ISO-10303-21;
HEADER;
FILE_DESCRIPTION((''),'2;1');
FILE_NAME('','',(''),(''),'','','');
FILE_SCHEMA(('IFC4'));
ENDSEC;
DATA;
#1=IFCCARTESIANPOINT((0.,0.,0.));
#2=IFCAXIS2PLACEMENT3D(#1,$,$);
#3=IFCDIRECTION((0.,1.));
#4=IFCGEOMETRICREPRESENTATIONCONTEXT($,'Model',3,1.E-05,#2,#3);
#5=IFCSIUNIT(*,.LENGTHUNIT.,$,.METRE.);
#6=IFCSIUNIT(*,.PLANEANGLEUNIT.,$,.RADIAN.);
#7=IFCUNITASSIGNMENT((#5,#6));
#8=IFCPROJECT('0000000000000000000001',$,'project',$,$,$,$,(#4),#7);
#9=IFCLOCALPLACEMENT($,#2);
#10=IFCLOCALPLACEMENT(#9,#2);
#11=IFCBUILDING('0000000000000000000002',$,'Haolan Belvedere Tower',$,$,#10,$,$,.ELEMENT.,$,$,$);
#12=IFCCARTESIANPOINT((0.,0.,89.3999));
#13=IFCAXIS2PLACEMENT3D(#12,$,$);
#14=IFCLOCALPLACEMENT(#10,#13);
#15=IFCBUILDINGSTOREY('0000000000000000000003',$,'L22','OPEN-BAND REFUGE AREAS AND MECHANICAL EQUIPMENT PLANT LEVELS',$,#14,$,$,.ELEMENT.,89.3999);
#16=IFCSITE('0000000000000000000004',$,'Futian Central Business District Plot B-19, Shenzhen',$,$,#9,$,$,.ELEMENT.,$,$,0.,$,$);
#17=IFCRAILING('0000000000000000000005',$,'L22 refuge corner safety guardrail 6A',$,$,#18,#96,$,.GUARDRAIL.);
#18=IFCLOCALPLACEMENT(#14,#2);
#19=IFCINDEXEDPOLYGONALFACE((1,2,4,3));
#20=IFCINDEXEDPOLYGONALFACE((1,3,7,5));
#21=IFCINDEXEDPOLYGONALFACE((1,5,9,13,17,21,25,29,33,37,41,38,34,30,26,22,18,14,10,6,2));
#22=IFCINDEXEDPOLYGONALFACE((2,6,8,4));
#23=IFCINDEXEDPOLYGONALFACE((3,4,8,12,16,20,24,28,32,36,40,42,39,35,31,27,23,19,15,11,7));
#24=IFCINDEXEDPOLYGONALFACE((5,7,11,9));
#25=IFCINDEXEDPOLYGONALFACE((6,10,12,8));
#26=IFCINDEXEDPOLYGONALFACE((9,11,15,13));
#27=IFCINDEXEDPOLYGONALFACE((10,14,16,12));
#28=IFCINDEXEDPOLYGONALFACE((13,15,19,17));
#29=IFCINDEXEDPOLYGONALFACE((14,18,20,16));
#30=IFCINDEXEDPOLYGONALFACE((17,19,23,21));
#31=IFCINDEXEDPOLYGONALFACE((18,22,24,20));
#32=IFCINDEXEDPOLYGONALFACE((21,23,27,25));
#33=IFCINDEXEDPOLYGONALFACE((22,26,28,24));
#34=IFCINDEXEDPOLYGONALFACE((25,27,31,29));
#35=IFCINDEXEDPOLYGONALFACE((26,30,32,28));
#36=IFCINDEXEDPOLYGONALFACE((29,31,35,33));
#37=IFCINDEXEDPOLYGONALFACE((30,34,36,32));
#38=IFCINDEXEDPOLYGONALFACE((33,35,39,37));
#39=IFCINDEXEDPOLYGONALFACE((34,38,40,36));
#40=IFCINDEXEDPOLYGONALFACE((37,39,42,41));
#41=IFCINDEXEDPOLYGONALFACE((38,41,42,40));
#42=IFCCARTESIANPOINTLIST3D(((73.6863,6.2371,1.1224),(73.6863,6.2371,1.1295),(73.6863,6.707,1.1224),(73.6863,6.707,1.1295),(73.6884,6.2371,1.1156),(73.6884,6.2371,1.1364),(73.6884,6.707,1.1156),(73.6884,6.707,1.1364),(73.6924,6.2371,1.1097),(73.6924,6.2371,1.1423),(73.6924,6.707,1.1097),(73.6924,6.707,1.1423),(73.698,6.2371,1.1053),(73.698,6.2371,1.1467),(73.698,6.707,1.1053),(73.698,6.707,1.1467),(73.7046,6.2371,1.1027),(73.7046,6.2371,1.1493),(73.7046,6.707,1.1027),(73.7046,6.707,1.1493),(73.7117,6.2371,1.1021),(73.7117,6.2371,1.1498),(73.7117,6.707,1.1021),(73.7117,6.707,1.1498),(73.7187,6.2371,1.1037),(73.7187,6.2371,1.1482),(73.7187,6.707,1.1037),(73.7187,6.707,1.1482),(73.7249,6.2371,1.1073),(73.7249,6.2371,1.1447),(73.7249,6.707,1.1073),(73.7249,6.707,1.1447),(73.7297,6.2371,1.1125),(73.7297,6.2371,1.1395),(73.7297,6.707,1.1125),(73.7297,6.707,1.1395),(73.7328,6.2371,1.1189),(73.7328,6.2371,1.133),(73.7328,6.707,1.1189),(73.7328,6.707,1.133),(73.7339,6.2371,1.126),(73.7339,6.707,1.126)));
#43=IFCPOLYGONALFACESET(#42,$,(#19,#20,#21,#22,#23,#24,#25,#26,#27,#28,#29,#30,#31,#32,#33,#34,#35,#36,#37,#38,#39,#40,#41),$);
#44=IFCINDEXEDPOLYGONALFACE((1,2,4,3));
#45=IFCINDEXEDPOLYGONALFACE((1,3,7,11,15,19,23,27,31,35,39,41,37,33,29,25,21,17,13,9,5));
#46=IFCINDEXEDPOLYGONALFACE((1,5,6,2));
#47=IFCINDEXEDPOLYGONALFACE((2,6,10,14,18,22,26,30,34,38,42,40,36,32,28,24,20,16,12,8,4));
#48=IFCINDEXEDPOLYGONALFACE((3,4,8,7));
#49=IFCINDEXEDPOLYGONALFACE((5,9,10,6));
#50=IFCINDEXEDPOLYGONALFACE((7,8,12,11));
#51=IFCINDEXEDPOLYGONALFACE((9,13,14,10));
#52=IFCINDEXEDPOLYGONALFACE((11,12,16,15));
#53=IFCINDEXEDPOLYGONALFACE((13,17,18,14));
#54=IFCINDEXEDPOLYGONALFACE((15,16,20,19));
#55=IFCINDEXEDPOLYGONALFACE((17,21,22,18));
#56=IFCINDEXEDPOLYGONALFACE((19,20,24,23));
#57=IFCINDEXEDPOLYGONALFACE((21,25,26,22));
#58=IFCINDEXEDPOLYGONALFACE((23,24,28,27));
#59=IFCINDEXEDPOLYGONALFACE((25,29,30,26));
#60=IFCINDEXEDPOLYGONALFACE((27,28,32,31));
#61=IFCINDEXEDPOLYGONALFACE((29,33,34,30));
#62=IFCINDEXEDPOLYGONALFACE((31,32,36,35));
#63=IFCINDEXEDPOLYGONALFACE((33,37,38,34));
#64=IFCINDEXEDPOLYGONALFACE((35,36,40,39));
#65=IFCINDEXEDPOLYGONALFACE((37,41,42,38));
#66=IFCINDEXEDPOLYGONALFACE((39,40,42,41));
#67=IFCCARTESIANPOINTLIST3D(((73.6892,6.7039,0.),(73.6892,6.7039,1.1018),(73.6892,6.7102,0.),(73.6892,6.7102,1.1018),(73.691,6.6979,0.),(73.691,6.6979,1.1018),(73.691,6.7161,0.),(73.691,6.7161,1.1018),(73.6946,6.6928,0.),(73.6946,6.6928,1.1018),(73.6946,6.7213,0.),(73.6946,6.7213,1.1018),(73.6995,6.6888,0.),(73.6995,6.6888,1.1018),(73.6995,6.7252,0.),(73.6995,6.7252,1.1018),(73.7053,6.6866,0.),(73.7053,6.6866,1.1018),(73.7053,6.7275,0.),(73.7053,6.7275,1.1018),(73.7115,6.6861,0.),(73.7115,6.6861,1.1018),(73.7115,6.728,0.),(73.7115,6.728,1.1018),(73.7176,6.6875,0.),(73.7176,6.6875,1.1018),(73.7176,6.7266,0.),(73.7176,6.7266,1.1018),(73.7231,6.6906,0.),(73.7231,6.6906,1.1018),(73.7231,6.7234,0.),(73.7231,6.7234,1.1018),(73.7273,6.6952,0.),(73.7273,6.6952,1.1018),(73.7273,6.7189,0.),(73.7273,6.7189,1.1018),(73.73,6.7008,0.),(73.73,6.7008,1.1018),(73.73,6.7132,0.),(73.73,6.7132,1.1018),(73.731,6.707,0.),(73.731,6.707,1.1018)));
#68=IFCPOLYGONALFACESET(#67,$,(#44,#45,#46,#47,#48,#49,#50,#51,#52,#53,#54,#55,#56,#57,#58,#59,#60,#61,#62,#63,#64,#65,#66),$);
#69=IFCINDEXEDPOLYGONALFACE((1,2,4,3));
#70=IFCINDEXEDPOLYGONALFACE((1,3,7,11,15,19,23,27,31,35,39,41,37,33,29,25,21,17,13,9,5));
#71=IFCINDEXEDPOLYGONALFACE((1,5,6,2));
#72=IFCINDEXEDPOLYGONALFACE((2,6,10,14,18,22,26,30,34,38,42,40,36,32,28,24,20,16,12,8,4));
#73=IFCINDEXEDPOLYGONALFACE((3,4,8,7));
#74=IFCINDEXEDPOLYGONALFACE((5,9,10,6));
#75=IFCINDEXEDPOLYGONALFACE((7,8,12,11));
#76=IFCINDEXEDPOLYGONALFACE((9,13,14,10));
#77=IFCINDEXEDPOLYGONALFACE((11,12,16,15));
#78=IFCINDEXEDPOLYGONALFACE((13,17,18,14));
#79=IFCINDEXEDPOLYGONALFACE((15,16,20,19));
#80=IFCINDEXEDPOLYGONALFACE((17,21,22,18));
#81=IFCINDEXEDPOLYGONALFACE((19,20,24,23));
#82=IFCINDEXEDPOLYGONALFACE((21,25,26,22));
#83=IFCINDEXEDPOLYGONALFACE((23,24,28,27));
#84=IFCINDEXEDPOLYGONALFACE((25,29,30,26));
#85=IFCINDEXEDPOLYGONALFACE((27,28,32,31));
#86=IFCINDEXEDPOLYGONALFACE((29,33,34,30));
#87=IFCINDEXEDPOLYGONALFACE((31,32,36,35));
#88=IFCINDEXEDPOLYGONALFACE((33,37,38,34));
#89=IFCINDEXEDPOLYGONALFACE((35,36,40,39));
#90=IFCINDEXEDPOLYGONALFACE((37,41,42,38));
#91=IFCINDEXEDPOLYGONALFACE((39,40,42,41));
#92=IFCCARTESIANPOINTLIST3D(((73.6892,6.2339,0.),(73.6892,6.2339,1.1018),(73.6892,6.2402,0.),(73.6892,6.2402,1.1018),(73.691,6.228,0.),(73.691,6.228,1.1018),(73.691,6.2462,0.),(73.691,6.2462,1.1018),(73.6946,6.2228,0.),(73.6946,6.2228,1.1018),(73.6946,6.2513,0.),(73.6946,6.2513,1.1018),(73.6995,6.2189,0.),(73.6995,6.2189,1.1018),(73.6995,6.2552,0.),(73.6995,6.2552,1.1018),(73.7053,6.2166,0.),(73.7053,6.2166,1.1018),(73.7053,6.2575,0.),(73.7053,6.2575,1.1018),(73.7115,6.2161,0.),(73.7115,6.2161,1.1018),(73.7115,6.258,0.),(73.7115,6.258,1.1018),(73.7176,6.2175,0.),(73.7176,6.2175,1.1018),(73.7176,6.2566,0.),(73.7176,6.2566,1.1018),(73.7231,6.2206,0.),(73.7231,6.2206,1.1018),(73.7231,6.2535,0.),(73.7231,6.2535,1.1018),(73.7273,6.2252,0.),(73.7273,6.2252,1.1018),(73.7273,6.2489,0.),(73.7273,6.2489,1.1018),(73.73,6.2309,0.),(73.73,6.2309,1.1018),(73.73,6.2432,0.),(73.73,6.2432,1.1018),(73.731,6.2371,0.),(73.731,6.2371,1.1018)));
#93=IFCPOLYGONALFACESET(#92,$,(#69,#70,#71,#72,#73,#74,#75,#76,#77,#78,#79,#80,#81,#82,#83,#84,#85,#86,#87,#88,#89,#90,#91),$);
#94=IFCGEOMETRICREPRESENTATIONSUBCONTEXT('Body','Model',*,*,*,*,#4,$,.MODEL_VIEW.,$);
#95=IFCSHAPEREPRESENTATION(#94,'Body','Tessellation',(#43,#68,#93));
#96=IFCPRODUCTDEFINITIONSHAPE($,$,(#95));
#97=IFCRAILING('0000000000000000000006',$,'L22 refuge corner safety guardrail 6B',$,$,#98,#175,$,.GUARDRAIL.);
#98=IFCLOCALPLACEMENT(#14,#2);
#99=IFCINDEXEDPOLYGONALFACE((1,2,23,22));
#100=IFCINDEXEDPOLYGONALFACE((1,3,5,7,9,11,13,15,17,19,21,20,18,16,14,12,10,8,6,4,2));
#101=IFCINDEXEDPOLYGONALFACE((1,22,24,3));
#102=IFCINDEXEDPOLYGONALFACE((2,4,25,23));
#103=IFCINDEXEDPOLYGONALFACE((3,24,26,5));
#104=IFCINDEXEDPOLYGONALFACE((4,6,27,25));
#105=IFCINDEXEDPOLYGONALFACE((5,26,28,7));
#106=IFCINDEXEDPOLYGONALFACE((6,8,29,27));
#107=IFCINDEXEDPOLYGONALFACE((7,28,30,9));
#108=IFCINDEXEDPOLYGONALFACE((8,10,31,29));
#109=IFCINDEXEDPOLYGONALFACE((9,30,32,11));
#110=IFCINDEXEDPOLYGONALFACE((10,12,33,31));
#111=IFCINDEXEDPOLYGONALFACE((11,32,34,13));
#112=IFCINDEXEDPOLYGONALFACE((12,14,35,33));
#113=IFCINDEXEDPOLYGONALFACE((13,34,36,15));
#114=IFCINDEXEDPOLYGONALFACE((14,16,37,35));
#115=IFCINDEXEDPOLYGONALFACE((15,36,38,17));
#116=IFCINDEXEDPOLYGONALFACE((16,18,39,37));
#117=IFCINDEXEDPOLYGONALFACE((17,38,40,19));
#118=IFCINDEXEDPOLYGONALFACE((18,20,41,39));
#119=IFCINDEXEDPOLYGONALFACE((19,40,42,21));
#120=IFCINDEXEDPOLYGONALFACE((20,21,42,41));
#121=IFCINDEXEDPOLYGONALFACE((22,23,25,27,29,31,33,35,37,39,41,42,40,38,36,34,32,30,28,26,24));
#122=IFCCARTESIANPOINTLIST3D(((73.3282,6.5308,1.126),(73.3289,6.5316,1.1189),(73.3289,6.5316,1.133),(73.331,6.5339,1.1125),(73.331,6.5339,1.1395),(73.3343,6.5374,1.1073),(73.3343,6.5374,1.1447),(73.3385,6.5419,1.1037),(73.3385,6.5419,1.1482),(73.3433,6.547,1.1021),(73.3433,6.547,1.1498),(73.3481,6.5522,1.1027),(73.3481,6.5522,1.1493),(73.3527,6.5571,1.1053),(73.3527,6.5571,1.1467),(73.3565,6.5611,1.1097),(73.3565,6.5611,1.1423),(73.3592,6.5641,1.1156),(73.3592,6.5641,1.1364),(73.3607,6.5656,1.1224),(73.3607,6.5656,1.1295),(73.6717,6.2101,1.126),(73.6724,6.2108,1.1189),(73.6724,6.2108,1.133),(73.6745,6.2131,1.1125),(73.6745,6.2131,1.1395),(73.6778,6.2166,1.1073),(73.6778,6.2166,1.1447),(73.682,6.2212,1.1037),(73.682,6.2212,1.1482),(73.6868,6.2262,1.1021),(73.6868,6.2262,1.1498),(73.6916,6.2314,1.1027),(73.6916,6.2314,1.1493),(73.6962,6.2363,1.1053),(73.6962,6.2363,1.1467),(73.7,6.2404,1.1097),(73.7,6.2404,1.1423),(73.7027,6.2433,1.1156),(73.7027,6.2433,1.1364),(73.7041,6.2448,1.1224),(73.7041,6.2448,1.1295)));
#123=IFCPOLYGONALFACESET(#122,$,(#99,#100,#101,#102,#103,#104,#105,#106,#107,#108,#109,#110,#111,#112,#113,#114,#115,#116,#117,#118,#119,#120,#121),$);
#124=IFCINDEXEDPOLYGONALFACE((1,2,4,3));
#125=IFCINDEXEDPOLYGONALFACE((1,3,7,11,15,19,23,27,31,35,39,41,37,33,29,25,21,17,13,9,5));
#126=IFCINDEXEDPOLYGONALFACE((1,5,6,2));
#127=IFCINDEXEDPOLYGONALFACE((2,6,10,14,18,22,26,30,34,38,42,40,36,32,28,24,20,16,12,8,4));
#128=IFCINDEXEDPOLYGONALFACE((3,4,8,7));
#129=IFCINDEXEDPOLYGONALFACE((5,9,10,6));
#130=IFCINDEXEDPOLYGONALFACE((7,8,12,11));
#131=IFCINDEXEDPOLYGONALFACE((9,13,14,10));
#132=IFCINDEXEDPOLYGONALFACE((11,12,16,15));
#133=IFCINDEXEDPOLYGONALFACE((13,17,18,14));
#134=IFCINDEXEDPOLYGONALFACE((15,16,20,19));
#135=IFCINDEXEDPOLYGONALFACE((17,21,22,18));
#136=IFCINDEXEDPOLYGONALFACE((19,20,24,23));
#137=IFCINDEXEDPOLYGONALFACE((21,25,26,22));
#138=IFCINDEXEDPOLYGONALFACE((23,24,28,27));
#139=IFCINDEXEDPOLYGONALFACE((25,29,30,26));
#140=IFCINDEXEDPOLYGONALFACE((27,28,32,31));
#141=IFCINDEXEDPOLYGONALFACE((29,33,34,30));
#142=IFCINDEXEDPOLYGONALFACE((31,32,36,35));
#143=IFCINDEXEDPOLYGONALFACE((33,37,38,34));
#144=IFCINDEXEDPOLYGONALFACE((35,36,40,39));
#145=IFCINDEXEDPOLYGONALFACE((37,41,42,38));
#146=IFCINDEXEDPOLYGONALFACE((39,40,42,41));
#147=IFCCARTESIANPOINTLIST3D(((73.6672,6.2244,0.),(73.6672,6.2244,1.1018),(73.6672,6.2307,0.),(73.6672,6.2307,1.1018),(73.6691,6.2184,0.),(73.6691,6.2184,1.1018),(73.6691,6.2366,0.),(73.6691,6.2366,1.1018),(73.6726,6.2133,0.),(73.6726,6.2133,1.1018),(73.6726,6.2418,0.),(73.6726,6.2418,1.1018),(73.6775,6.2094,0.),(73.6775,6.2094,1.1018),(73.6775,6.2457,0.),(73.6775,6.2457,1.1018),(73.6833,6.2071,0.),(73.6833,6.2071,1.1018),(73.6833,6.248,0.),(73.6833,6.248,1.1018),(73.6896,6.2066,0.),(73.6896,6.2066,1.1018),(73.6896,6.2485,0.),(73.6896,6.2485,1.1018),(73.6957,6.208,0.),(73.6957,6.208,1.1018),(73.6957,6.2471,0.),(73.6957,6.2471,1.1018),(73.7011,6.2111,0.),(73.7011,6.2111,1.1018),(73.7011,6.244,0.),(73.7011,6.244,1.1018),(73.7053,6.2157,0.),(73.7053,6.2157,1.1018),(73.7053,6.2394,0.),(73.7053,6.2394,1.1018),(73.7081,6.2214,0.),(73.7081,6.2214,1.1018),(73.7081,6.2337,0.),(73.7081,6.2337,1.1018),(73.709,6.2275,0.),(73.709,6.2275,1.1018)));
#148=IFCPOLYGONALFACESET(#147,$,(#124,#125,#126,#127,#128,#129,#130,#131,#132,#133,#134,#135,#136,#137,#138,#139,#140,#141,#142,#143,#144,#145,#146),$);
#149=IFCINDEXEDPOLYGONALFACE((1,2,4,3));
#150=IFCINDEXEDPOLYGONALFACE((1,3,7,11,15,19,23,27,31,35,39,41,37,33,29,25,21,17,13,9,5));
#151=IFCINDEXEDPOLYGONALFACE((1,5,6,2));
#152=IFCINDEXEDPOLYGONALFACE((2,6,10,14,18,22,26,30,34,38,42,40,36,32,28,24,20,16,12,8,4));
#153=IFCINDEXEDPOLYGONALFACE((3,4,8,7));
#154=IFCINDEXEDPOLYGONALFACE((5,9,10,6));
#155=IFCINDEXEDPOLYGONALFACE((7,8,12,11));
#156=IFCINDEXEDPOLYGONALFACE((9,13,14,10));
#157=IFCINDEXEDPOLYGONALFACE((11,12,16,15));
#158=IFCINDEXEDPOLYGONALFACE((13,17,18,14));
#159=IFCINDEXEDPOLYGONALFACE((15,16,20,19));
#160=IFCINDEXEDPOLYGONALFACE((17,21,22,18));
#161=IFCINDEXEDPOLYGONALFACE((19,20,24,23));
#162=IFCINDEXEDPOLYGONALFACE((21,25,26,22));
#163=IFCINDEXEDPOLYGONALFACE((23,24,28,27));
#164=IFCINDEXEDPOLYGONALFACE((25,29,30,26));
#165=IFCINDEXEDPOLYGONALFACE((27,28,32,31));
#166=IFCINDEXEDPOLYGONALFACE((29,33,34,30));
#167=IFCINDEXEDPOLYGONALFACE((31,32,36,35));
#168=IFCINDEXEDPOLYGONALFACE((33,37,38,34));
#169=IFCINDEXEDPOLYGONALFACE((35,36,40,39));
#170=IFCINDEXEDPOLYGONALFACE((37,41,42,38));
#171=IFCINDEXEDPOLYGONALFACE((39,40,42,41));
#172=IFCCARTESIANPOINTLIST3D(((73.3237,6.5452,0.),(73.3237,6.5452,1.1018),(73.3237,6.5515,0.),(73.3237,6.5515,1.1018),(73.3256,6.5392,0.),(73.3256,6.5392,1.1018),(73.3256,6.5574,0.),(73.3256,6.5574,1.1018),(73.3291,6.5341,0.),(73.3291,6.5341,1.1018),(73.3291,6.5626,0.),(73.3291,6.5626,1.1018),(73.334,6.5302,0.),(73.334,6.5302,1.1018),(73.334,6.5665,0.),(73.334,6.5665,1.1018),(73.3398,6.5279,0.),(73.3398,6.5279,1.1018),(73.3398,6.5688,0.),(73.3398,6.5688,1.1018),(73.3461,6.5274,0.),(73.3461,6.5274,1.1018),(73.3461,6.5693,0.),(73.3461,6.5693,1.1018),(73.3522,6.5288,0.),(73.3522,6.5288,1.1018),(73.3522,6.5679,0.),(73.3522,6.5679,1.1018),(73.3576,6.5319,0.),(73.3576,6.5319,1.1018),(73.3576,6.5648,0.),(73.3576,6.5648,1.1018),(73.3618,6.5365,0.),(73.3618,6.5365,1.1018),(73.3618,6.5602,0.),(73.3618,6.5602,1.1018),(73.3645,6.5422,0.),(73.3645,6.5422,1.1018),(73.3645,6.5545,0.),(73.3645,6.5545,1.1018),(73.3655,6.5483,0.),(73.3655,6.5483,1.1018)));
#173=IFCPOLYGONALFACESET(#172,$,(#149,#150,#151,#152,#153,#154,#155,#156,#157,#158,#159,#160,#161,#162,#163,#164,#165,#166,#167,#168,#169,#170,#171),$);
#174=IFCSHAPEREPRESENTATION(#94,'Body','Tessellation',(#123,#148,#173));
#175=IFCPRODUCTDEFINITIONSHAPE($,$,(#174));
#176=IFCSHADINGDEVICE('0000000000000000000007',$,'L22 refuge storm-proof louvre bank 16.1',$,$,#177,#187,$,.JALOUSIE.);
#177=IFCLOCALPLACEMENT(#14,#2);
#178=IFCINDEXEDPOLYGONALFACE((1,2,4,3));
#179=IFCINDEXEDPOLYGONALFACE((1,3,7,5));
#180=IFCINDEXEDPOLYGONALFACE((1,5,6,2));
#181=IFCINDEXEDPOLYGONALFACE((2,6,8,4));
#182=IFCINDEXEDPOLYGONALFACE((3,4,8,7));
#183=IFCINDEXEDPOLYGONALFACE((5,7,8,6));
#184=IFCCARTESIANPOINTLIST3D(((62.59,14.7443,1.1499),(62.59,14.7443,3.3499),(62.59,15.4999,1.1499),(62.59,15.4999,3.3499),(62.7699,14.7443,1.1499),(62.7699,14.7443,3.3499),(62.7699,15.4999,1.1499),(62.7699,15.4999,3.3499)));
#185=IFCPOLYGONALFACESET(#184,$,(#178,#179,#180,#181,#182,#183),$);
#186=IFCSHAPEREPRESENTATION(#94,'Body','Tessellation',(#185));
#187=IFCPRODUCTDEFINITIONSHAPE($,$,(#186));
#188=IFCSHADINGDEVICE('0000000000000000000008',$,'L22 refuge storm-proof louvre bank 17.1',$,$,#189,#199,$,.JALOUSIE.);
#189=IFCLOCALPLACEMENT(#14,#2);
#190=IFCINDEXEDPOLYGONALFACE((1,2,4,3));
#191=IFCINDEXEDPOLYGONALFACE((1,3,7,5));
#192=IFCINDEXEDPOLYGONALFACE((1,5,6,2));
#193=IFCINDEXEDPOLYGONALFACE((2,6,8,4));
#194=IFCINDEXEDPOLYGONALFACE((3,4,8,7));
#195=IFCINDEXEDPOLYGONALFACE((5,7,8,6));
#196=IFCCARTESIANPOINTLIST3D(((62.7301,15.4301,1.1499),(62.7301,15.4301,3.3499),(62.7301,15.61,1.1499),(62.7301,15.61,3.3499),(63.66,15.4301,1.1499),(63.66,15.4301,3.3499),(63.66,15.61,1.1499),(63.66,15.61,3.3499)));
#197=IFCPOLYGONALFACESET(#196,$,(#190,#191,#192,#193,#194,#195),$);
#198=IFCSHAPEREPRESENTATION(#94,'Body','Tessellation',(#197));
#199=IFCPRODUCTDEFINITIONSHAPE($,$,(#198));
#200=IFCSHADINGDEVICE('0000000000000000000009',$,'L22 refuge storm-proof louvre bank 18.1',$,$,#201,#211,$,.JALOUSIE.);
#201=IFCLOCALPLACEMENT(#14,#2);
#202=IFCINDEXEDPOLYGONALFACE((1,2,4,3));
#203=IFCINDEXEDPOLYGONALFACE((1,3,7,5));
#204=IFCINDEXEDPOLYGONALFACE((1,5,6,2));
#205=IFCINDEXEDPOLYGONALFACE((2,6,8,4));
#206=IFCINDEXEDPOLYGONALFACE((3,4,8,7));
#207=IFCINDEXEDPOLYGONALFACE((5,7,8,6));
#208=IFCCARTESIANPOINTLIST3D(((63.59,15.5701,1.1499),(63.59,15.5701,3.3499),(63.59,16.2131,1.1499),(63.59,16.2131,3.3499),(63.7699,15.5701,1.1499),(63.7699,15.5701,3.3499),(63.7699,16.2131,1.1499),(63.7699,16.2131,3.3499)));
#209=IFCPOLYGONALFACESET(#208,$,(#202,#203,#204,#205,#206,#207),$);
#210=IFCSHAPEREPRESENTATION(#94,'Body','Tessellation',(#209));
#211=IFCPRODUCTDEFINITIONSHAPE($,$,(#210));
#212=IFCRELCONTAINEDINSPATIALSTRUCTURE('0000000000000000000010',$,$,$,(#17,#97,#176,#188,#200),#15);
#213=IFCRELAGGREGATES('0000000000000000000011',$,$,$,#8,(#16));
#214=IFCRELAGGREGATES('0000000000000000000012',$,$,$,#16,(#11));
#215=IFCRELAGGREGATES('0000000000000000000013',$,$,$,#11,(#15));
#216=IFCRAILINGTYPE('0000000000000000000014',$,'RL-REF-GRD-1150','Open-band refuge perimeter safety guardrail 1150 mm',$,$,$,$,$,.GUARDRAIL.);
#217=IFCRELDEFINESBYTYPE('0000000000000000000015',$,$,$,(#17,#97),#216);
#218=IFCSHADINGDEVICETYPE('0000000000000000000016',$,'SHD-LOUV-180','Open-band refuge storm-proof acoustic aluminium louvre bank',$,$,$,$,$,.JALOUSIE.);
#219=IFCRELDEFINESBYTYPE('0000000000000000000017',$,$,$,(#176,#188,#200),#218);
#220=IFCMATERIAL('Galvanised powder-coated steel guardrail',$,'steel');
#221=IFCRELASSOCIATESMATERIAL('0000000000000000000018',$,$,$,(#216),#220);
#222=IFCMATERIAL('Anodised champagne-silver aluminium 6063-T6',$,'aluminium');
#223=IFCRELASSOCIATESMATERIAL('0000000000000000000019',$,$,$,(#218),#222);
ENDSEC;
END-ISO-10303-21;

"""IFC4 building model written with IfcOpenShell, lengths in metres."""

from ifc_helpers import new_model, si_unit, direction, frame, origin, origin_2d, place, context, subcontext, project, spatial, rectangle, circle, extrude, material, type_object, element, save


model = new_model("IFC4")

# Units and contexts
model_context = context("Model", 3, precision=1e-05, world=origin(), true_north=direction((0.0, 1.0)))
body_context = subcontext(model_context, "Body", "Model", "MODEL_VIEW")
ifc_project = project(units=[si_unit("LENGTHUNIT", "METRE"), si_unit("PLANEANGLEUNIT", "RADIAN")], contexts=[model_context])

# Site, building, storey
site_placement = place(None, origin())
site = spatial("IfcSite", under=ifc_project, at=site_placement, Name="Futian Central Business District Plot B-19, Shenzhen", CompositionType="ELEMENT", RefElevation=0.0)
building_placement = place(site_placement, origin())
building = spatial("IfcBuilding", under=site, at=building_placement, Name="Haolan Belvedere Tower", CompositionType="ELEMENT")
storey_placement = place(building_placement, frame((0.0, 0.0, 89.3999)))
storey = spatial("IfcBuildingStorey", under=building, at=storey_placement, Name="L22", Description="OPEN-BAND REFUGE AREAS AND MECHANICAL EQUIPMENT PLANT LEVELS", CompositionType="ELEMENT", Elevation=89.3999)

# Railings
ifc_material_1 = material(Name="Galvanised powder-coated steel guardrail", Category="steel")
railing_type = type_object("IfcRailingType", Name="RL-REF-GRD-1150", Description="Open-band refuge perimeter safety guardrail 1150 mm", PredefinedType="GUARDRAIL", material=ifc_material_1)
railing_1_placement = place(storey_placement, frame((73.71, 6.707, 0.0)))
element("IfcRailing", 1, at=railing_1_placement, inside=storey, type_object=railing_type, Name="L22 refuge corner safety guardrail 6A", PredefinedType="GUARDRAIL", context=body_context, shape_type="SweptSolid", body=[
    extrude(circle(Radius=0.0239, at=origin_2d()), frame((0.0, 0.0, 1.126), z_axis=(0.0, -1.0, 0.0), x_axis=(1.0, 0.0, 0.0)), (0.0, 0.0, 1.0), 0.47),
    extrude(circle(Radius=0.021, at=origin_2d()), origin(), (0.0, 0.0, 1.0), 1.1018),
    extrude(circle(Radius=0.021, at=origin_2d()), frame((0.0, -0.47, 0.0)), (0.0, 0.0, 1.0), 1.1018),
])
railing_2_placement = place(storey_placement, frame((73.688, 6.2275, 0.0)))
element("IfcRailing", 2, at=railing_2_placement, inside=storey, type_object=railing_type, Name="L22 refuge corner safety guardrail 6B", PredefinedType="GUARDRAIL", context=body_context, shape_type="SweptSolid", body=[
    extrude(circle(Radius=0.0239, at=origin_2d()), frame((0.0, 0.0, 1.126), z_axis=(-0.730848, 0.68254, 0.0), x_axis=(-0.68254, -0.730848, 0.0)), (0.0, 0.0, 1.0), 0.47),
    extrude(circle(Radius=0.021, at=origin_2d()), origin(), (0.0, 0.0, 1.0), 1.1018),
    extrude(circle(Radius=0.021, at=origin_2d()), frame((-0.3435, 0.3208, 0.0)), (0.0, 0.0, 1.0), 1.1018),
])

# Shading devices
ifc_material_2 = material(Name="Anodised champagne-silver aluminium 6063-T6", Category="aluminium")
shading_device_type = type_object("IfcShadingDeviceType", Name="SHD-LOUV-180", Description="Open-band refuge storm-proof acoustic aluminium louvre bank", PredefinedType="JALOUSIE", material=ifc_material_2)
shading_device_1_placement = place(storey_placement, frame((62.6799, 15.1221, 1.1499), z_axis=(0.0, 0.0, 1.0), x_axis=(0.0, 1.0, 0.0)))
element("IfcShadingDevice", 3, at=shading_device_1_placement, inside=storey, type_object=shading_device_type, Name="L22 refuge storm-proof louvre bank 16.1", PredefinedType="JALOUSIE", context=body_context, shape_type="SweptSolid", body=[
    extrude(rectangle(XDim=0.7556, YDim=0.1799, at=origin_2d()), origin(), (0.0, 0.0, 1.0), 2.2),
])
shading_device_2_placement = place(storey_placement, frame((63.1951, 15.52, 1.1499), z_axis=(0.0, 0.0, 1.0), x_axis=(1.0, 0.0, 0.0)))
element("IfcShadingDevice", 4, at=shading_device_2_placement, inside=storey, type_object=shading_device_type, Name="L22 refuge storm-proof louvre bank 17.1", PredefinedType="JALOUSIE", context=body_context, shape_type="SweptSolid", body=[
    extrude(rectangle(XDim=0.9299, YDim=0.1799, at=origin_2d()), origin(), (0.0, 0.0, 1.0), 2.2),
])
shading_device_3_placement = place(storey_placement, frame((63.6799, 15.8916, 1.1499), z_axis=(0.0, 0.0, 1.0), x_axis=(0.0, 1.0, 0.0)))
element("IfcShadingDevice", 5, at=shading_device_3_placement, inside=storey, type_object=shading_device_type, Name="L22 refuge storm-proof louvre bank 18.1", PredefinedType="JALOUSIE", context=body_context, shape_type="SweptSolid", body=[
    extrude(rectangle(XDim=0.6431, YDim=0.1799, at=origin_2d()), origin(), (0.0, 0.0, 1.0), 2.2),
])

save(model, "model.ifc")
